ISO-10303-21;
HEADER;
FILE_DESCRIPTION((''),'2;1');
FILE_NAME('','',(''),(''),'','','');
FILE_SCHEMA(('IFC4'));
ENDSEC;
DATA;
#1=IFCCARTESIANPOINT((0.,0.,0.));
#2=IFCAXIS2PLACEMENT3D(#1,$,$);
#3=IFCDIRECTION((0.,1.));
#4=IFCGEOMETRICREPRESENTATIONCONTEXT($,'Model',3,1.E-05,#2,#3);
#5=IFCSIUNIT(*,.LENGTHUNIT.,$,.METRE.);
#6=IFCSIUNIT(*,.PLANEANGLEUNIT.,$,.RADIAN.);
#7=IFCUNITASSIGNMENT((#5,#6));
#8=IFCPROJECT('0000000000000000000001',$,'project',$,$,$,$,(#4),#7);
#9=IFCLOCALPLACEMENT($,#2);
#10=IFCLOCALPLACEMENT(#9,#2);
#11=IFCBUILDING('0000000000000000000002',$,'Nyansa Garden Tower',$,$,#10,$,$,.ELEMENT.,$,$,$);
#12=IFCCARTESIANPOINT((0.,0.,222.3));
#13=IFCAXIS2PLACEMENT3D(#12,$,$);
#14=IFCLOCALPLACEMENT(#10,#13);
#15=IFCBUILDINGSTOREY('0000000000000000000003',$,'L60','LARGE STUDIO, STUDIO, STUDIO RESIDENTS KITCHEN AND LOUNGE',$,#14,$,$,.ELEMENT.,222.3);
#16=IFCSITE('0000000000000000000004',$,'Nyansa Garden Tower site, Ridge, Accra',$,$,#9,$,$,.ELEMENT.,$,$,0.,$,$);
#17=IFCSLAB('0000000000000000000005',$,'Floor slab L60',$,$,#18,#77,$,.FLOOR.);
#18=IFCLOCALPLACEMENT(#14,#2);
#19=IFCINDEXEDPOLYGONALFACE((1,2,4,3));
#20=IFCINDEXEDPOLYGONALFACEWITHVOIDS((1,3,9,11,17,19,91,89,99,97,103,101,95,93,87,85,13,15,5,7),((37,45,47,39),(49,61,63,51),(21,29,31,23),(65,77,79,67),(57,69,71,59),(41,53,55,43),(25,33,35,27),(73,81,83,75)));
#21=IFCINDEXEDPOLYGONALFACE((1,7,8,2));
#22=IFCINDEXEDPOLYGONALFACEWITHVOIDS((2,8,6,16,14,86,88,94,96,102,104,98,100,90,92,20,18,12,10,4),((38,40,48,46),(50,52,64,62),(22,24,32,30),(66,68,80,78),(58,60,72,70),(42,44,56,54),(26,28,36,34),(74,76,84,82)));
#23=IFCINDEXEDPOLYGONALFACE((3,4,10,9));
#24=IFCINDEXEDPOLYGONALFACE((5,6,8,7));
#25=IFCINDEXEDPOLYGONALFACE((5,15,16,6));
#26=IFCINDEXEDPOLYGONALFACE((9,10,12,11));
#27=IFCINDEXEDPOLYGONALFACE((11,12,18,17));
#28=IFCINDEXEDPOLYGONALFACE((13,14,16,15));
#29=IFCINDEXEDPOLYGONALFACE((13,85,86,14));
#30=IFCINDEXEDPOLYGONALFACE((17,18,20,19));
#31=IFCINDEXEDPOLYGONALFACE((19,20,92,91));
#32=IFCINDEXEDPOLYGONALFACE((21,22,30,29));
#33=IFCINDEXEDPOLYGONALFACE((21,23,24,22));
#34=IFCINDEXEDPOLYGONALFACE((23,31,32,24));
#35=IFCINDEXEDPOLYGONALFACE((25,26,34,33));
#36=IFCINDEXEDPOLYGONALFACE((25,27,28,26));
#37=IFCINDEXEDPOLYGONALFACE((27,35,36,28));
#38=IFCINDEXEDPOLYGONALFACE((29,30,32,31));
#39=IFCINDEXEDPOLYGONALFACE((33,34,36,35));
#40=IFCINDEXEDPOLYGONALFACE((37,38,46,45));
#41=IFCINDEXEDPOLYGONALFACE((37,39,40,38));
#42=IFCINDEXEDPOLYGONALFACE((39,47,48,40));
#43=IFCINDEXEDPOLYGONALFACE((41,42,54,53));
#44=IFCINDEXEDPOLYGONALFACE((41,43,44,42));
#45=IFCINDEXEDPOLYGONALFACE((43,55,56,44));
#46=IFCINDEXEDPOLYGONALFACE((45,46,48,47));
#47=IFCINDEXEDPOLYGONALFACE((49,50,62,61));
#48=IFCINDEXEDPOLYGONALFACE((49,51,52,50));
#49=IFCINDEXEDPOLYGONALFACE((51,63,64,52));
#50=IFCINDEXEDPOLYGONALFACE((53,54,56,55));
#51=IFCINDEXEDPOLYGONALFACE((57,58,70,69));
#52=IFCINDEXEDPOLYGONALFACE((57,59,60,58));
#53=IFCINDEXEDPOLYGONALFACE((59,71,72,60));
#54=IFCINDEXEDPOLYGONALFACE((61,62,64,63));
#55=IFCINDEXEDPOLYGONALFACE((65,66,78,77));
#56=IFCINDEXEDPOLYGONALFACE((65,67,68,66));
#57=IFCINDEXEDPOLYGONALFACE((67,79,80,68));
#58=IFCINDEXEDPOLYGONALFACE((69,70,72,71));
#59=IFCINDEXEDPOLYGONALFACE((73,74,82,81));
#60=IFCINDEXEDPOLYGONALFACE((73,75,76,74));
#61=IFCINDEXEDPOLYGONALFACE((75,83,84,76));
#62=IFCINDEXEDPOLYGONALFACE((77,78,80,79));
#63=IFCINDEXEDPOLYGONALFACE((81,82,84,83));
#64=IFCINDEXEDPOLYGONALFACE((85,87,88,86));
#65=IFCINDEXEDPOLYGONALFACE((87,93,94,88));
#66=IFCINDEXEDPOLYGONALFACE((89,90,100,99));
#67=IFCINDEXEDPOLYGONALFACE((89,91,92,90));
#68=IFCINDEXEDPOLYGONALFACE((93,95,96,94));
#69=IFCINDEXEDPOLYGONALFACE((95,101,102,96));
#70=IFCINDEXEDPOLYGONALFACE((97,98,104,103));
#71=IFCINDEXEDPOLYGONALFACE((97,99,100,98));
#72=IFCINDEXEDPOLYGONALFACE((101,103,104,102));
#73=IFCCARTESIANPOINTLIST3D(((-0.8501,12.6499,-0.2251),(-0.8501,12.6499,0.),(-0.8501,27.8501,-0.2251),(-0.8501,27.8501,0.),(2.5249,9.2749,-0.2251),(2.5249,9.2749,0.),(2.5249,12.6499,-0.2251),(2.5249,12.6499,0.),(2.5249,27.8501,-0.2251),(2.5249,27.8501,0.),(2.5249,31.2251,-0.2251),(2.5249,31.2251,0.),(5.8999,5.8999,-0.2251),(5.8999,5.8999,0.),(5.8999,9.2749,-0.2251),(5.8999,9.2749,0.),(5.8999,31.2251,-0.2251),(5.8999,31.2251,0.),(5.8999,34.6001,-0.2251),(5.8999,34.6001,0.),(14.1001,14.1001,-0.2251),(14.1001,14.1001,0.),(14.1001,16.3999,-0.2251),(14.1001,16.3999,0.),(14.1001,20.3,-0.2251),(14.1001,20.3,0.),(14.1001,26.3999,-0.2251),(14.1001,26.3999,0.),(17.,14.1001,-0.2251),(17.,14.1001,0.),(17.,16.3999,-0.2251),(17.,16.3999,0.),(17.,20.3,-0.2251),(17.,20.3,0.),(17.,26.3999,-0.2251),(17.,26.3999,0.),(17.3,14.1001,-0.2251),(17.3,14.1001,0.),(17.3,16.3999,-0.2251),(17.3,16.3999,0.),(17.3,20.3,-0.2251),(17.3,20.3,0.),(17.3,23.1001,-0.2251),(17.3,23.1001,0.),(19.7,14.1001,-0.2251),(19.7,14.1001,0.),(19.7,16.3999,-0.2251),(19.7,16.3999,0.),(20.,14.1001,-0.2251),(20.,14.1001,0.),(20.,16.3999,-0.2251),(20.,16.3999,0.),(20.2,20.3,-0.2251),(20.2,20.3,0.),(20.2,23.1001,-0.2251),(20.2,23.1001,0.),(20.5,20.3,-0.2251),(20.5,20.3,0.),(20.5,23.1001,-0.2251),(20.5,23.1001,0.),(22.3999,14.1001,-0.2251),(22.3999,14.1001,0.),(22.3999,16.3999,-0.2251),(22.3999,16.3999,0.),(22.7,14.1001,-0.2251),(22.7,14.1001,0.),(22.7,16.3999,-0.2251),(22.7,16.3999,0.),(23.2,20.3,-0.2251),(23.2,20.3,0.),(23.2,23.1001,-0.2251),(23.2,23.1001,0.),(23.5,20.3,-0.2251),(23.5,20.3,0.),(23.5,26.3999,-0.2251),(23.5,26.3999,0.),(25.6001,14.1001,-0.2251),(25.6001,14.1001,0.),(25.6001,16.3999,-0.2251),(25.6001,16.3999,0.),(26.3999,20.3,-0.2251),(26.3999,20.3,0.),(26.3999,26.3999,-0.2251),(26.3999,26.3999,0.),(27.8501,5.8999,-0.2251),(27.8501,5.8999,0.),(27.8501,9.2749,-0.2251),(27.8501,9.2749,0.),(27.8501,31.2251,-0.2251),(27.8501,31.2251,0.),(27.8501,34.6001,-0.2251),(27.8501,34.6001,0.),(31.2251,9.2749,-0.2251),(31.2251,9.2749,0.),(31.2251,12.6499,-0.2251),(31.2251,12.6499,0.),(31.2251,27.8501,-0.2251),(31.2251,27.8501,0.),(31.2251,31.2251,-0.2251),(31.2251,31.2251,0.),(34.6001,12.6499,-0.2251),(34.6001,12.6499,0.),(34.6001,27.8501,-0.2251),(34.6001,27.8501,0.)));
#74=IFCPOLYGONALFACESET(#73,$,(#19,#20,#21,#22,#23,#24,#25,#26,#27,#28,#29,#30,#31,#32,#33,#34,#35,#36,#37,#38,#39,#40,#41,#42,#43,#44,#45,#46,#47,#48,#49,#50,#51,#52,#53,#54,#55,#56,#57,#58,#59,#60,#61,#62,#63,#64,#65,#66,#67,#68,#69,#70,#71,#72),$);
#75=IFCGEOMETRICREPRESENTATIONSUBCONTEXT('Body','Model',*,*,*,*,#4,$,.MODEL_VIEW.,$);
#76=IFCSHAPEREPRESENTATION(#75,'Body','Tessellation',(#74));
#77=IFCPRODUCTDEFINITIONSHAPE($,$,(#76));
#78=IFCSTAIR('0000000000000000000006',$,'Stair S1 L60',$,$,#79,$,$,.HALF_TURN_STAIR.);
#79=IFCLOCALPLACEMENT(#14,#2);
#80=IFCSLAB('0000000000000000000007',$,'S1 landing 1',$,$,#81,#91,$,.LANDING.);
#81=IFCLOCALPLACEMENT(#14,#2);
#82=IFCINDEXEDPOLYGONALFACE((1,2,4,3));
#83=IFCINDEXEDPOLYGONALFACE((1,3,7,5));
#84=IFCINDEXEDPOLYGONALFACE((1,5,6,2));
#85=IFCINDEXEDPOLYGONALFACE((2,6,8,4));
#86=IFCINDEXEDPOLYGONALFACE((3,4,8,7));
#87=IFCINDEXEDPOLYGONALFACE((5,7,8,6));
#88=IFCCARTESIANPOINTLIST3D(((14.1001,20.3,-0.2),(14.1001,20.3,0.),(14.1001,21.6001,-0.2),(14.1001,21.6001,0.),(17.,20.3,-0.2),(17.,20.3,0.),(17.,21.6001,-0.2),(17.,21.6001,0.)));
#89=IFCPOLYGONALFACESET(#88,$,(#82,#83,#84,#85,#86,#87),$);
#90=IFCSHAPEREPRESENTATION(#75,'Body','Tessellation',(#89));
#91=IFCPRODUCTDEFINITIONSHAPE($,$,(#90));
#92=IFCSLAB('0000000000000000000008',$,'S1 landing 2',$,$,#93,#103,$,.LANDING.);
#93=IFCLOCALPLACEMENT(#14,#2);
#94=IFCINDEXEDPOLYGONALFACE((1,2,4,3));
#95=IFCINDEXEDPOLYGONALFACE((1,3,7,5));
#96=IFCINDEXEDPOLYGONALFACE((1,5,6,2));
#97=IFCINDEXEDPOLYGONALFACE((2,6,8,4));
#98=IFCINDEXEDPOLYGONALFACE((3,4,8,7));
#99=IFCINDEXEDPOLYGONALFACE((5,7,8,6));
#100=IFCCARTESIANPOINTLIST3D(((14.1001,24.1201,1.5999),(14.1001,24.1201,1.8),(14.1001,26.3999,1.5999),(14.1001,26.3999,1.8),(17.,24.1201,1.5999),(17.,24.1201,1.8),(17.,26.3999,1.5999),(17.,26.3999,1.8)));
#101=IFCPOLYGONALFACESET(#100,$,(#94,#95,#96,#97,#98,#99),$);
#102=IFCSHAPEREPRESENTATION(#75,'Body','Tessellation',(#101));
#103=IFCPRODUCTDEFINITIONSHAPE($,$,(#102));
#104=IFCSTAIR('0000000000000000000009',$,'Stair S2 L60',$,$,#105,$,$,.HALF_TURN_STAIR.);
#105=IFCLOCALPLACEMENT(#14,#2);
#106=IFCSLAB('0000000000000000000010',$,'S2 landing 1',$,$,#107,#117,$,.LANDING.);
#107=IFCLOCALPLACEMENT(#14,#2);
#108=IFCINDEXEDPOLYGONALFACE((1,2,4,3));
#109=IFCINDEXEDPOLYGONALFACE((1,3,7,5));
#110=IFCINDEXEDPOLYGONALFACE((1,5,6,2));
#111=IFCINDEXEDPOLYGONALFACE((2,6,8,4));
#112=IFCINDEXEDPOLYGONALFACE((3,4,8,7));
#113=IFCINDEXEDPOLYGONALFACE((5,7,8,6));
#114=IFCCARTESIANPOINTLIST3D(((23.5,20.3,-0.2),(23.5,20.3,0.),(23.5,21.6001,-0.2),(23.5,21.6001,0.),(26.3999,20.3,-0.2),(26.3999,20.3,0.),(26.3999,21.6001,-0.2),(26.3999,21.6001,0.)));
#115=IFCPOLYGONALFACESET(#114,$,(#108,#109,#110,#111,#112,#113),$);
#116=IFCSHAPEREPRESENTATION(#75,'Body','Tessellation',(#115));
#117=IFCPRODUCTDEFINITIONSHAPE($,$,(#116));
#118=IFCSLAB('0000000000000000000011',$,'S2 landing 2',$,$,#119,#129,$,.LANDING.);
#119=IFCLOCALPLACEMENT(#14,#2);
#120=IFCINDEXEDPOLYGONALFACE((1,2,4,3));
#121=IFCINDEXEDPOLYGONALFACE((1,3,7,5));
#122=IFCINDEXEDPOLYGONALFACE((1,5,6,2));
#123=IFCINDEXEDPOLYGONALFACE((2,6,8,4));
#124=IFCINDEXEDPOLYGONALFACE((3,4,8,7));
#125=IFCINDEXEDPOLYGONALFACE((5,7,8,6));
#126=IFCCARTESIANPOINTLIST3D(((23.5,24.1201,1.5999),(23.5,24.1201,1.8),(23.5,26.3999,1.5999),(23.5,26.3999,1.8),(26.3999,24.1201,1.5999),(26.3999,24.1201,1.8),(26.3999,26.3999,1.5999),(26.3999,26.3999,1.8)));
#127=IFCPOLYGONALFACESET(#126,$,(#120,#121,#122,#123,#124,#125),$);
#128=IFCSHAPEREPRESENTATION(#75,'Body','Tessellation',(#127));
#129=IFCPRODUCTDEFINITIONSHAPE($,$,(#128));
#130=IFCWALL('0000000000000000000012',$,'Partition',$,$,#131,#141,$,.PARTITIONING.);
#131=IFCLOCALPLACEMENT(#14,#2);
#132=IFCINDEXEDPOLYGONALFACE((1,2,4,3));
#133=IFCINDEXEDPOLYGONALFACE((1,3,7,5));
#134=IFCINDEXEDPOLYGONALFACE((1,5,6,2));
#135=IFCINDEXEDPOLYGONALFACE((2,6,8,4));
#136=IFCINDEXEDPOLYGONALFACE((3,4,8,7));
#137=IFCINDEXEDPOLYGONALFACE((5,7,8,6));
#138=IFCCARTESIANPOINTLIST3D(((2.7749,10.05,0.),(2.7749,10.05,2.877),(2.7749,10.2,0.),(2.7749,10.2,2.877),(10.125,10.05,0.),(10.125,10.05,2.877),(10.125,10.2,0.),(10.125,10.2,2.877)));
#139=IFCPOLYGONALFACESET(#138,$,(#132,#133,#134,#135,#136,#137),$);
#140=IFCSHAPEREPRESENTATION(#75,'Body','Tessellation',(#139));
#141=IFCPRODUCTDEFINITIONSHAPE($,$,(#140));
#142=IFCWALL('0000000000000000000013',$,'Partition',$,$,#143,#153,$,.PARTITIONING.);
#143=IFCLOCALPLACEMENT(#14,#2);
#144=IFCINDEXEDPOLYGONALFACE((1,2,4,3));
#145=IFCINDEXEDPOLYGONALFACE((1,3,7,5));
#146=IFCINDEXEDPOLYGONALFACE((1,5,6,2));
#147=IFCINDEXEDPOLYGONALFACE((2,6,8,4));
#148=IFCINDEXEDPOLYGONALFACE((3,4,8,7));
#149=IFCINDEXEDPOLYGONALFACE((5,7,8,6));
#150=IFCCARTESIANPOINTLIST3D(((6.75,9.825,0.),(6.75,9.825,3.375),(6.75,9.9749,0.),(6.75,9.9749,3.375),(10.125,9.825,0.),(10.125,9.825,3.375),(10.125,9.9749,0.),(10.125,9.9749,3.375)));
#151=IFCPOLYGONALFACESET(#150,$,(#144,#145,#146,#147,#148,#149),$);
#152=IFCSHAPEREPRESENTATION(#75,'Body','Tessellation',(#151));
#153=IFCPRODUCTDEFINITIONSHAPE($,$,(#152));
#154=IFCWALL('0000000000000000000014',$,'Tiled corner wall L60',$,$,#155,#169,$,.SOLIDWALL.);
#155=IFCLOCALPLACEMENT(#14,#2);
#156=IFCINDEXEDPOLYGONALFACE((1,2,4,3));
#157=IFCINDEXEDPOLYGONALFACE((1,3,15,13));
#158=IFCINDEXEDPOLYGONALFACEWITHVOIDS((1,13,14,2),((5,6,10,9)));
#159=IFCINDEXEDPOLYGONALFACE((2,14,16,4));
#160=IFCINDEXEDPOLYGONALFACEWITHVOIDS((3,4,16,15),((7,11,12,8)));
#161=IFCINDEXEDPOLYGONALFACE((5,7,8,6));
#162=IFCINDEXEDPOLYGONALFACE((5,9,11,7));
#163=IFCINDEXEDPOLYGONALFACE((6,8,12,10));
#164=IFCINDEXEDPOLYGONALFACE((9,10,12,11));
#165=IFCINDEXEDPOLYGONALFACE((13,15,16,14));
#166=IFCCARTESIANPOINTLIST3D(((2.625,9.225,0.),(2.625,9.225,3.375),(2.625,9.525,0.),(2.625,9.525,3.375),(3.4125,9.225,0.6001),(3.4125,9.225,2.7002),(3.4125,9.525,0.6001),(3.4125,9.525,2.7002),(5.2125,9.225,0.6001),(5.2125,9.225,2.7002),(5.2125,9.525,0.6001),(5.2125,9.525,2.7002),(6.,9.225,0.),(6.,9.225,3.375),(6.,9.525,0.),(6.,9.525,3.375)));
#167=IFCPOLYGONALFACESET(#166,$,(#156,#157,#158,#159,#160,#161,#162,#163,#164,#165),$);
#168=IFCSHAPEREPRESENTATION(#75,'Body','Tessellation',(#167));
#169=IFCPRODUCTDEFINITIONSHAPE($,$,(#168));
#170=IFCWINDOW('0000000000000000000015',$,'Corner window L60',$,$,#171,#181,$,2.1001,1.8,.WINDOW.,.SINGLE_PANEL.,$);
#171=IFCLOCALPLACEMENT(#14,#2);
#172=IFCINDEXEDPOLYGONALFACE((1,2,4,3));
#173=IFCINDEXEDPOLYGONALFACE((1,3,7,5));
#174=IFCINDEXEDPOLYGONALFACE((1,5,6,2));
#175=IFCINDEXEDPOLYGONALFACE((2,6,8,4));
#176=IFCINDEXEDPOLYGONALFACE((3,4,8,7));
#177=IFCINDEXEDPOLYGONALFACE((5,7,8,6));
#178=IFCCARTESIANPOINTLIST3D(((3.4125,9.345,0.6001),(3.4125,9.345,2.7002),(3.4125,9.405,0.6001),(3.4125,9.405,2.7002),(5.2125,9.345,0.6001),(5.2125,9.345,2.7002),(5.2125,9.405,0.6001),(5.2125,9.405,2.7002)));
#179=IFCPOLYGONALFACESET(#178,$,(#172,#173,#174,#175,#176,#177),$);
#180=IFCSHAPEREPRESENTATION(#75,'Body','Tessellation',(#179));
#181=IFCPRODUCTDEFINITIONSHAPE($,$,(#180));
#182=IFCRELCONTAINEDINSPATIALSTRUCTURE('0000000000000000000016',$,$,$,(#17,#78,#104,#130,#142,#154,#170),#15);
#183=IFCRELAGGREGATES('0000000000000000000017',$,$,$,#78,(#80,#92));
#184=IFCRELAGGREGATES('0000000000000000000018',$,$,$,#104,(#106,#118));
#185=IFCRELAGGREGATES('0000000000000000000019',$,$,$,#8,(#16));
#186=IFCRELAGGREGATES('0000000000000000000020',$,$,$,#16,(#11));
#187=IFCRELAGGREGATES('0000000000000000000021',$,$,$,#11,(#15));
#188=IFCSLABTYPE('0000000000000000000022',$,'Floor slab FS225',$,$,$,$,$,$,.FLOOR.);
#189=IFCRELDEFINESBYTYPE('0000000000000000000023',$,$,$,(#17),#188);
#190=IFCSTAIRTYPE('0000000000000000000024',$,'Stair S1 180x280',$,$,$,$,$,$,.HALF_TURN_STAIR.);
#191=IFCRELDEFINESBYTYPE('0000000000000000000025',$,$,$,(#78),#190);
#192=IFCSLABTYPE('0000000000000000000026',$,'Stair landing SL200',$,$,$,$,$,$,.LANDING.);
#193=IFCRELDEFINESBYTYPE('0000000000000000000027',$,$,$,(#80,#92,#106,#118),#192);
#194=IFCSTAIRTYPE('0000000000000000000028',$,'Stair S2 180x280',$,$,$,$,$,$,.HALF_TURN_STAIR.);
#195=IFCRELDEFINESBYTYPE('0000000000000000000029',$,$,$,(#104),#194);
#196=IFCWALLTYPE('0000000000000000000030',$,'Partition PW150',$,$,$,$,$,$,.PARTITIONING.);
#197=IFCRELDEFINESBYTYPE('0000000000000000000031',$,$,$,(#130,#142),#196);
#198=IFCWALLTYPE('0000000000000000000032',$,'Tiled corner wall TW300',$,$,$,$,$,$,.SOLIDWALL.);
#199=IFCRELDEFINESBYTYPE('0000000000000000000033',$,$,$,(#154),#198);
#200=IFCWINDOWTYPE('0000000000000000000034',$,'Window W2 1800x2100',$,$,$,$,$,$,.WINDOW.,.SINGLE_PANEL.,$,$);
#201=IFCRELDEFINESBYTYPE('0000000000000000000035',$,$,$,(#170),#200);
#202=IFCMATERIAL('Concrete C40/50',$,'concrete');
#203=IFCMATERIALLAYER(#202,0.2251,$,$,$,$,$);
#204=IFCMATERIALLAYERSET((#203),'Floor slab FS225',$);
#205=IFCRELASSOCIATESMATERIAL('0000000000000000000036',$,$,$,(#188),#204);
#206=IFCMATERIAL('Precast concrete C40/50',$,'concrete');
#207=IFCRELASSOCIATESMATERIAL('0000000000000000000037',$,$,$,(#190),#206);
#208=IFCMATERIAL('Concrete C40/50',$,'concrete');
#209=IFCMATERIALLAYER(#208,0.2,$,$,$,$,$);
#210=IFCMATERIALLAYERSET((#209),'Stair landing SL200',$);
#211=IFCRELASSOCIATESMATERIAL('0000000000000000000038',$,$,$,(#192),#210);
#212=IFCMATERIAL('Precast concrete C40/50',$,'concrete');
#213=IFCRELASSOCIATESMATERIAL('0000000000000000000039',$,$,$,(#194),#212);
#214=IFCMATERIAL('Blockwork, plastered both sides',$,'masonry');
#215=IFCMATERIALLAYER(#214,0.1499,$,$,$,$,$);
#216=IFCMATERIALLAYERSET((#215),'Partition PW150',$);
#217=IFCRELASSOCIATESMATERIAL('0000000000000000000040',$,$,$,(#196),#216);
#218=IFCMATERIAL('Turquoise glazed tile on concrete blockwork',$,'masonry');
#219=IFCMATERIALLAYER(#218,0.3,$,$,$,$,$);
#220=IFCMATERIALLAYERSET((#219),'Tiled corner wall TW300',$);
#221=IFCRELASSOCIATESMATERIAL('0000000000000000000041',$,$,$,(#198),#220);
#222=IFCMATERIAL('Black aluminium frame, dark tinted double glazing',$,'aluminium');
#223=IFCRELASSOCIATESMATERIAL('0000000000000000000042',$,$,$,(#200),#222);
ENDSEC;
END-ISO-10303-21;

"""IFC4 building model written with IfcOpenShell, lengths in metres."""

from ifc_helpers import new_model, si_unit, direction, frame, frame_2d, origin, place, context, subcontext, project, spatial, polyline, rectangle, outline, extrude, material, layer, layer_set, type_object, element, fill, aggregate, save


model = new_model("IFC4")

# Units and contexts
model_context = context("Model", 3, precision=1e-05, world=origin(), true_north=direction((0.0, 1.0)))
body_context = subcontext(model_context, "Body", "Model", "MODEL_VIEW")
ifc_project = project(units=[si_unit("LENGTHUNIT", "METRE"), si_unit("PLANEANGLEUNIT", "RADIAN")], contexts=[model_context])

# Site, building, storey
site_placement = place(None, origin())
site = spatial("IfcSite", under=ifc_project, at=site_placement, Name="Nyansa Garden Tower site, Ridge, Accra", CompositionType="ELEMENT", RefElevation=0.0)
building_placement = place(site_placement, origin())
building = spatial("IfcBuilding", under=site, at=building_placement, Name="Nyansa Garden Tower", CompositionType="ELEMENT")
storey_placement = place(building_placement, frame((0.0, 0.0, 222.3)))
storey = spatial("IfcBuildingStorey", under=building, at=storey_placement, Name="L60", Description="LARGE STUDIO, STUDIO, STUDIO RESIDENTS KITCHEN AND LOUNGE", CompositionType="ELEMENT", Elevation=222.3)

# Slab
ifc_material_1 = material(Name="Concrete C40/50", Category="concrete")
ifc_layer_1 = layer(ifc_material_1, 0.2251)
ifc_layer_set_1 = layer_set([ifc_layer_1], Name="Floor slab FS225")
slab_type_1 = type_object("IfcSlabType", Name="Floor slab FS225", PredefinedType="FLOOR", material=ifc_layer_set_1)
slab_1_placement = place(storey_placement, frame((0.0, 0.0, -0.2251)))
element("IfcSlab", 1, at=slab_1_placement, inside=storey, type_object=slab_type_1, Name="Floor slab L60", PredefinedType="FLOOR", context=body_context, shape_type="SweptSolid", body=[
    extrude(outline(polyline([(34.6001, 12.6499), (31.2251, 12.6499), (31.2251, 9.2749), (27.8501, 9.2749), (27.8501, 5.8999), (5.8999, 5.8999), (5.8999, 9.2749), (2.5249, 9.2749), (2.5249, 12.6499), (-0.8501, 12.6499), (-0.8501, 27.8501), (2.5249, 27.8501), (2.5249, 31.2251), (5.8999, 31.2251), (5.8999, 34.6001), (27.8501, 34.6001), (27.8501, 31.2251), (31.2251, 31.2251), (31.2251, 27.8501), (34.6001, 27.8501), (34.6001, 12.6499)]), holes=[polyline([(14.1001, 14.1001), (17.0, 14.1001), (17.0, 16.3999), (14.1001, 16.3999), (14.1001, 14.1001)]), polyline([(17.3, 14.1001), (19.7, 14.1001), (19.7, 16.3999), (17.3, 16.3999), (17.3, 14.1001)]), polyline([(20.0, 14.1001), (22.3999, 14.1001), (22.3999, 16.3999), (20.0, 16.3999), (20.0, 14.1001)]), polyline([(22.7, 14.1001), (25.6001, 14.1001), (25.6001, 16.3999), (22.7, 16.3999), (22.7, 14.1001)]), polyline([(17.3, 20.3), (20.2, 20.3), (20.2, 23.1001), (17.3, 23.1001), (17.3, 20.3)]), polyline([(20.5, 20.3), (23.2, 20.3), (23.2, 23.1001), (20.5, 23.1001), (20.5, 20.3)]), polyline([(14.1001, 20.3), (17.0, 20.3), (17.0, 26.3999), (14.1001, 26.3999), (14.1001, 20.3)]), polyline([(23.5, 20.3), (26.3999, 20.3), (26.3999, 26.3999), (23.5, 26.3999), (23.5, 20.3)])]), origin(), (0.0, 0.0, 1.0), 0.2251),
])

# Stairs, slabs
ifc_material_2 = material(Name="Precast concrete C40/50", Category="concrete")
stair_type_1 = type_object("IfcStairType", Name="Stair S1 180x280", PredefinedType="HALF_TURN_STAIR", material=ifc_material_2)
stair_1_placement = place(storey_placement, origin())
stair_1 = element("IfcStair", 2, at=stair_1_placement, inside=storey, type_object=stair_type_1, Name="Stair S1 L60", PredefinedType="HALF_TURN_STAIR")
ifc_material_3 = material(Name="Concrete C40/50", Category="concrete")
ifc_layer_2 = layer(ifc_material_3, 0.2)
ifc_layer_set_2 = layer_set([ifc_layer_2], Name="Stair landing SL200")
slab_type_2 = type_object("IfcSlabType", Name="Stair landing SL200", PredefinedType="LANDING", material=ifc_layer_set_2)
slab_2_placement = place(storey_placement, frame((0.0, 0.0, -0.2)))
slab_2 = element("IfcSlab", 3, at=slab_2_placement, type_object=slab_type_2, Name="S1 landing 1", PredefinedType="LANDING", context=body_context, shape_type="SweptSolid", body=[
    extrude(outline(polyline([(14.1001, 20.3), (17.0, 20.3), (17.0, 21.6001), (14.1001, 21.6001), (14.1001, 20.3)])), origin(), (0.0, 0.0, 1.0), 0.2),
])
slab_3_placement = place(storey_placement, frame((0.0, 0.0, 1.5999)))
slab_3 = element("IfcSlab", 4, at=slab_3_placement, type_object=slab_type_2, Name="S1 landing 2", PredefinedType="LANDING", context=body_context, shape_type="SweptSolid", body=[
    extrude(outline(polyline([(14.1001, 24.1201), (17.0, 24.1201), (17.0, 26.3999), (14.1001, 26.3999), (14.1001, 24.1201)])), origin(), (0.0, 0.0, 1.0), 0.2002),
])
aggregate(stair_1, [slab_2, slab_3])
ifc_material_4 = material(Name="Precast concrete C40/50", Category="concrete")
stair_type_2 = type_object("IfcStairType", Name="Stair S2 180x280", PredefinedType="HALF_TURN_STAIR", material=ifc_material_4)
stair_2_placement = place(storey_placement, origin())
stair_2 = element("IfcStair", 5, at=stair_2_placement, inside=storey, type_object=stair_type_2, Name="Stair S2 L60", PredefinedType="HALF_TURN_STAIR")
slab_4_placement = place(storey_placement, frame((0.0, 0.0, -0.2)))
slab_4 = element("IfcSlab", 6, at=slab_4_placement, type_object=slab_type_2, Name="S2 landing 1", PredefinedType="LANDING", context=body_context, shape_type="SweptSolid", body=[
    extrude(outline(polyline([(23.5, 20.3), (26.3999, 20.3), (26.3999, 21.6001), (23.5, 21.6001), (23.5, 20.3)])), origin(), (0.0, 0.0, 1.0), 0.2),
])
slab_5_placement = place(storey_placement, frame((0.0, 0.0, 1.5999)))
slab_5 = element("IfcSlab", 7, at=slab_5_placement, type_object=slab_type_2, Name="S2 landing 2", PredefinedType="LANDING", context=body_context, shape_type="SweptSolid", body=[
    extrude(outline(polyline([(23.5, 24.1201), (26.3999, 24.1201), (26.3999, 26.3999), (23.5, 26.3999), (23.5, 24.1201)])), origin(), (0.0, 0.0, 1.0), 0.2002),
])
aggregate(stair_2, [slab_4, slab_5])

# Walls
ifc_material_5 = material(Name="Blockwork, plastered both sides", Category="masonry")
ifc_layer_3 = layer(ifc_material_5, 0.1499)
ifc_layer_set_3 = layer_set([ifc_layer_3], Name="Partition PW150")
wall_type_1 = type_object("IfcWallType", Name="Partition PW150", PredefinedType="PARTITIONING", material=ifc_layer_set_3)
wall_1_placement = place(storey_placement, frame((2.7749, 10.125, 0.0), z_axis=(0.0, 0.0, 1.0), x_axis=(1.0, 0.0, 0.0)))
element("IfcWall", 8, at=wall_1_placement, inside=storey, type_object=wall_type_1, Name="Partition", PredefinedType="PARTITIONING", context=body_context, shape_type="SweptSolid", body=[
    extrude(rectangle(XDim=7.3501, YDim=0.1499, at=frame_2d((3.675, 0.0))), origin(), (0.0, 0.0, 1.0), 2.877),
])
wall_2_placement = place(storey_placement, frame((6.75, 9.8999, 0.0), z_axis=(0.0, 0.0, 1.0), x_axis=(1.0, 0.0, 0.0)))
element("IfcWall", 9, at=wall_2_placement, inside=storey, type_object=wall_type_1, Name="Partition", PredefinedType="PARTITIONING", context=body_context, shape_type="SweptSolid", body=[
    extrude(rectangle(XDim=3.375, YDim=0.1499, at=frame_2d((1.6875, 0.0))), origin(), (0.0, 0.0, 1.0), 3.375),
])

# Wall, opening, window
ifc_material_6 = material(Name="Turquoise glazed tile on concrete blockwork", Category="masonry")
ifc_layer_4 = layer(ifc_material_6, 0.3)
ifc_layer_set_4 = layer_set([ifc_layer_4], Name="Tiled corner wall TW300")
wall_type_2 = type_object("IfcWallType", Name="Tiled corner wall TW300", PredefinedType="SOLIDWALL", material=ifc_layer_set_4)
wall_3_placement = place(storey_placement, frame((2.625, 9.375, 0.0), z_axis=(0.0, 0.0, 1.0), x_axis=(1.0, 0.0, 0.0)))
wall_3 = element("IfcWall", 10, at=wall_3_placement, inside=storey, type_object=wall_type_2, Name="Tiled corner wall L60", PredefinedType="SOLIDWALL", context=body_context, shape_type="SweptSolid", body=[
    extrude(rectangle(XDim=3.375, YDim=0.3, at=frame_2d((1.6875, 0.0))), origin(), (0.0, 0.0, 1.0), 3.375),
])
opening_1_placement = place(wall_3_placement, frame((0.7876, 0.0, 0.6001)))
opening_1 = element("IfcOpeningElement", 11, at=opening_1_placement, cuts=wall_3, PredefinedType="OPENING", context=body_context, shape_type="SweptSolid", body=[
    extrude(rectangle(XDim=1.8, YDim=2.1001, at=frame_2d((0.8999, 1.05))), frame((0.0, 0.1599, 0.0), z_axis=(0.0, -1.0, 0.0), x_axis=(1.0, 0.0, 0.0)), (0.0, 0.0, 1.0), 0.3201),
])
ifc_material_7 = material(Name="Black aluminium frame, dark tinted double glazing", Category="aluminium")
window_type = type_object("IfcWindowType", Name="Window W2 1800x2100", PartitioningType="SINGLE_PANEL", PredefinedType="WINDOW", material=ifc_material_7)
window_1_placement = place(opening_1_placement, origin())
window_1 = element("IfcWindow", 12, at=window_1_placement, inside=storey, type_object=window_type, Name="Corner window L60", OverallHeight=2.1001, OverallWidth=1.8, PartitioningType="SINGLE_PANEL", PredefinedType="WINDOW", context=body_context, shape_type="SweptSolid", body=[
    extrude(rectangle(XDim=1.8, YDim=2.1001, at=frame_2d((0.8999, 1.05))), frame((0.0, 0.03, 0.0), z_axis=(0.0, -1.0, 0.0), x_axis=(1.0, 0.0, 0.0)), (0.0, 0.0, 1.0), 0.0601),
])
fill(opening_1, window_1)

save(model, "model.ifc")
